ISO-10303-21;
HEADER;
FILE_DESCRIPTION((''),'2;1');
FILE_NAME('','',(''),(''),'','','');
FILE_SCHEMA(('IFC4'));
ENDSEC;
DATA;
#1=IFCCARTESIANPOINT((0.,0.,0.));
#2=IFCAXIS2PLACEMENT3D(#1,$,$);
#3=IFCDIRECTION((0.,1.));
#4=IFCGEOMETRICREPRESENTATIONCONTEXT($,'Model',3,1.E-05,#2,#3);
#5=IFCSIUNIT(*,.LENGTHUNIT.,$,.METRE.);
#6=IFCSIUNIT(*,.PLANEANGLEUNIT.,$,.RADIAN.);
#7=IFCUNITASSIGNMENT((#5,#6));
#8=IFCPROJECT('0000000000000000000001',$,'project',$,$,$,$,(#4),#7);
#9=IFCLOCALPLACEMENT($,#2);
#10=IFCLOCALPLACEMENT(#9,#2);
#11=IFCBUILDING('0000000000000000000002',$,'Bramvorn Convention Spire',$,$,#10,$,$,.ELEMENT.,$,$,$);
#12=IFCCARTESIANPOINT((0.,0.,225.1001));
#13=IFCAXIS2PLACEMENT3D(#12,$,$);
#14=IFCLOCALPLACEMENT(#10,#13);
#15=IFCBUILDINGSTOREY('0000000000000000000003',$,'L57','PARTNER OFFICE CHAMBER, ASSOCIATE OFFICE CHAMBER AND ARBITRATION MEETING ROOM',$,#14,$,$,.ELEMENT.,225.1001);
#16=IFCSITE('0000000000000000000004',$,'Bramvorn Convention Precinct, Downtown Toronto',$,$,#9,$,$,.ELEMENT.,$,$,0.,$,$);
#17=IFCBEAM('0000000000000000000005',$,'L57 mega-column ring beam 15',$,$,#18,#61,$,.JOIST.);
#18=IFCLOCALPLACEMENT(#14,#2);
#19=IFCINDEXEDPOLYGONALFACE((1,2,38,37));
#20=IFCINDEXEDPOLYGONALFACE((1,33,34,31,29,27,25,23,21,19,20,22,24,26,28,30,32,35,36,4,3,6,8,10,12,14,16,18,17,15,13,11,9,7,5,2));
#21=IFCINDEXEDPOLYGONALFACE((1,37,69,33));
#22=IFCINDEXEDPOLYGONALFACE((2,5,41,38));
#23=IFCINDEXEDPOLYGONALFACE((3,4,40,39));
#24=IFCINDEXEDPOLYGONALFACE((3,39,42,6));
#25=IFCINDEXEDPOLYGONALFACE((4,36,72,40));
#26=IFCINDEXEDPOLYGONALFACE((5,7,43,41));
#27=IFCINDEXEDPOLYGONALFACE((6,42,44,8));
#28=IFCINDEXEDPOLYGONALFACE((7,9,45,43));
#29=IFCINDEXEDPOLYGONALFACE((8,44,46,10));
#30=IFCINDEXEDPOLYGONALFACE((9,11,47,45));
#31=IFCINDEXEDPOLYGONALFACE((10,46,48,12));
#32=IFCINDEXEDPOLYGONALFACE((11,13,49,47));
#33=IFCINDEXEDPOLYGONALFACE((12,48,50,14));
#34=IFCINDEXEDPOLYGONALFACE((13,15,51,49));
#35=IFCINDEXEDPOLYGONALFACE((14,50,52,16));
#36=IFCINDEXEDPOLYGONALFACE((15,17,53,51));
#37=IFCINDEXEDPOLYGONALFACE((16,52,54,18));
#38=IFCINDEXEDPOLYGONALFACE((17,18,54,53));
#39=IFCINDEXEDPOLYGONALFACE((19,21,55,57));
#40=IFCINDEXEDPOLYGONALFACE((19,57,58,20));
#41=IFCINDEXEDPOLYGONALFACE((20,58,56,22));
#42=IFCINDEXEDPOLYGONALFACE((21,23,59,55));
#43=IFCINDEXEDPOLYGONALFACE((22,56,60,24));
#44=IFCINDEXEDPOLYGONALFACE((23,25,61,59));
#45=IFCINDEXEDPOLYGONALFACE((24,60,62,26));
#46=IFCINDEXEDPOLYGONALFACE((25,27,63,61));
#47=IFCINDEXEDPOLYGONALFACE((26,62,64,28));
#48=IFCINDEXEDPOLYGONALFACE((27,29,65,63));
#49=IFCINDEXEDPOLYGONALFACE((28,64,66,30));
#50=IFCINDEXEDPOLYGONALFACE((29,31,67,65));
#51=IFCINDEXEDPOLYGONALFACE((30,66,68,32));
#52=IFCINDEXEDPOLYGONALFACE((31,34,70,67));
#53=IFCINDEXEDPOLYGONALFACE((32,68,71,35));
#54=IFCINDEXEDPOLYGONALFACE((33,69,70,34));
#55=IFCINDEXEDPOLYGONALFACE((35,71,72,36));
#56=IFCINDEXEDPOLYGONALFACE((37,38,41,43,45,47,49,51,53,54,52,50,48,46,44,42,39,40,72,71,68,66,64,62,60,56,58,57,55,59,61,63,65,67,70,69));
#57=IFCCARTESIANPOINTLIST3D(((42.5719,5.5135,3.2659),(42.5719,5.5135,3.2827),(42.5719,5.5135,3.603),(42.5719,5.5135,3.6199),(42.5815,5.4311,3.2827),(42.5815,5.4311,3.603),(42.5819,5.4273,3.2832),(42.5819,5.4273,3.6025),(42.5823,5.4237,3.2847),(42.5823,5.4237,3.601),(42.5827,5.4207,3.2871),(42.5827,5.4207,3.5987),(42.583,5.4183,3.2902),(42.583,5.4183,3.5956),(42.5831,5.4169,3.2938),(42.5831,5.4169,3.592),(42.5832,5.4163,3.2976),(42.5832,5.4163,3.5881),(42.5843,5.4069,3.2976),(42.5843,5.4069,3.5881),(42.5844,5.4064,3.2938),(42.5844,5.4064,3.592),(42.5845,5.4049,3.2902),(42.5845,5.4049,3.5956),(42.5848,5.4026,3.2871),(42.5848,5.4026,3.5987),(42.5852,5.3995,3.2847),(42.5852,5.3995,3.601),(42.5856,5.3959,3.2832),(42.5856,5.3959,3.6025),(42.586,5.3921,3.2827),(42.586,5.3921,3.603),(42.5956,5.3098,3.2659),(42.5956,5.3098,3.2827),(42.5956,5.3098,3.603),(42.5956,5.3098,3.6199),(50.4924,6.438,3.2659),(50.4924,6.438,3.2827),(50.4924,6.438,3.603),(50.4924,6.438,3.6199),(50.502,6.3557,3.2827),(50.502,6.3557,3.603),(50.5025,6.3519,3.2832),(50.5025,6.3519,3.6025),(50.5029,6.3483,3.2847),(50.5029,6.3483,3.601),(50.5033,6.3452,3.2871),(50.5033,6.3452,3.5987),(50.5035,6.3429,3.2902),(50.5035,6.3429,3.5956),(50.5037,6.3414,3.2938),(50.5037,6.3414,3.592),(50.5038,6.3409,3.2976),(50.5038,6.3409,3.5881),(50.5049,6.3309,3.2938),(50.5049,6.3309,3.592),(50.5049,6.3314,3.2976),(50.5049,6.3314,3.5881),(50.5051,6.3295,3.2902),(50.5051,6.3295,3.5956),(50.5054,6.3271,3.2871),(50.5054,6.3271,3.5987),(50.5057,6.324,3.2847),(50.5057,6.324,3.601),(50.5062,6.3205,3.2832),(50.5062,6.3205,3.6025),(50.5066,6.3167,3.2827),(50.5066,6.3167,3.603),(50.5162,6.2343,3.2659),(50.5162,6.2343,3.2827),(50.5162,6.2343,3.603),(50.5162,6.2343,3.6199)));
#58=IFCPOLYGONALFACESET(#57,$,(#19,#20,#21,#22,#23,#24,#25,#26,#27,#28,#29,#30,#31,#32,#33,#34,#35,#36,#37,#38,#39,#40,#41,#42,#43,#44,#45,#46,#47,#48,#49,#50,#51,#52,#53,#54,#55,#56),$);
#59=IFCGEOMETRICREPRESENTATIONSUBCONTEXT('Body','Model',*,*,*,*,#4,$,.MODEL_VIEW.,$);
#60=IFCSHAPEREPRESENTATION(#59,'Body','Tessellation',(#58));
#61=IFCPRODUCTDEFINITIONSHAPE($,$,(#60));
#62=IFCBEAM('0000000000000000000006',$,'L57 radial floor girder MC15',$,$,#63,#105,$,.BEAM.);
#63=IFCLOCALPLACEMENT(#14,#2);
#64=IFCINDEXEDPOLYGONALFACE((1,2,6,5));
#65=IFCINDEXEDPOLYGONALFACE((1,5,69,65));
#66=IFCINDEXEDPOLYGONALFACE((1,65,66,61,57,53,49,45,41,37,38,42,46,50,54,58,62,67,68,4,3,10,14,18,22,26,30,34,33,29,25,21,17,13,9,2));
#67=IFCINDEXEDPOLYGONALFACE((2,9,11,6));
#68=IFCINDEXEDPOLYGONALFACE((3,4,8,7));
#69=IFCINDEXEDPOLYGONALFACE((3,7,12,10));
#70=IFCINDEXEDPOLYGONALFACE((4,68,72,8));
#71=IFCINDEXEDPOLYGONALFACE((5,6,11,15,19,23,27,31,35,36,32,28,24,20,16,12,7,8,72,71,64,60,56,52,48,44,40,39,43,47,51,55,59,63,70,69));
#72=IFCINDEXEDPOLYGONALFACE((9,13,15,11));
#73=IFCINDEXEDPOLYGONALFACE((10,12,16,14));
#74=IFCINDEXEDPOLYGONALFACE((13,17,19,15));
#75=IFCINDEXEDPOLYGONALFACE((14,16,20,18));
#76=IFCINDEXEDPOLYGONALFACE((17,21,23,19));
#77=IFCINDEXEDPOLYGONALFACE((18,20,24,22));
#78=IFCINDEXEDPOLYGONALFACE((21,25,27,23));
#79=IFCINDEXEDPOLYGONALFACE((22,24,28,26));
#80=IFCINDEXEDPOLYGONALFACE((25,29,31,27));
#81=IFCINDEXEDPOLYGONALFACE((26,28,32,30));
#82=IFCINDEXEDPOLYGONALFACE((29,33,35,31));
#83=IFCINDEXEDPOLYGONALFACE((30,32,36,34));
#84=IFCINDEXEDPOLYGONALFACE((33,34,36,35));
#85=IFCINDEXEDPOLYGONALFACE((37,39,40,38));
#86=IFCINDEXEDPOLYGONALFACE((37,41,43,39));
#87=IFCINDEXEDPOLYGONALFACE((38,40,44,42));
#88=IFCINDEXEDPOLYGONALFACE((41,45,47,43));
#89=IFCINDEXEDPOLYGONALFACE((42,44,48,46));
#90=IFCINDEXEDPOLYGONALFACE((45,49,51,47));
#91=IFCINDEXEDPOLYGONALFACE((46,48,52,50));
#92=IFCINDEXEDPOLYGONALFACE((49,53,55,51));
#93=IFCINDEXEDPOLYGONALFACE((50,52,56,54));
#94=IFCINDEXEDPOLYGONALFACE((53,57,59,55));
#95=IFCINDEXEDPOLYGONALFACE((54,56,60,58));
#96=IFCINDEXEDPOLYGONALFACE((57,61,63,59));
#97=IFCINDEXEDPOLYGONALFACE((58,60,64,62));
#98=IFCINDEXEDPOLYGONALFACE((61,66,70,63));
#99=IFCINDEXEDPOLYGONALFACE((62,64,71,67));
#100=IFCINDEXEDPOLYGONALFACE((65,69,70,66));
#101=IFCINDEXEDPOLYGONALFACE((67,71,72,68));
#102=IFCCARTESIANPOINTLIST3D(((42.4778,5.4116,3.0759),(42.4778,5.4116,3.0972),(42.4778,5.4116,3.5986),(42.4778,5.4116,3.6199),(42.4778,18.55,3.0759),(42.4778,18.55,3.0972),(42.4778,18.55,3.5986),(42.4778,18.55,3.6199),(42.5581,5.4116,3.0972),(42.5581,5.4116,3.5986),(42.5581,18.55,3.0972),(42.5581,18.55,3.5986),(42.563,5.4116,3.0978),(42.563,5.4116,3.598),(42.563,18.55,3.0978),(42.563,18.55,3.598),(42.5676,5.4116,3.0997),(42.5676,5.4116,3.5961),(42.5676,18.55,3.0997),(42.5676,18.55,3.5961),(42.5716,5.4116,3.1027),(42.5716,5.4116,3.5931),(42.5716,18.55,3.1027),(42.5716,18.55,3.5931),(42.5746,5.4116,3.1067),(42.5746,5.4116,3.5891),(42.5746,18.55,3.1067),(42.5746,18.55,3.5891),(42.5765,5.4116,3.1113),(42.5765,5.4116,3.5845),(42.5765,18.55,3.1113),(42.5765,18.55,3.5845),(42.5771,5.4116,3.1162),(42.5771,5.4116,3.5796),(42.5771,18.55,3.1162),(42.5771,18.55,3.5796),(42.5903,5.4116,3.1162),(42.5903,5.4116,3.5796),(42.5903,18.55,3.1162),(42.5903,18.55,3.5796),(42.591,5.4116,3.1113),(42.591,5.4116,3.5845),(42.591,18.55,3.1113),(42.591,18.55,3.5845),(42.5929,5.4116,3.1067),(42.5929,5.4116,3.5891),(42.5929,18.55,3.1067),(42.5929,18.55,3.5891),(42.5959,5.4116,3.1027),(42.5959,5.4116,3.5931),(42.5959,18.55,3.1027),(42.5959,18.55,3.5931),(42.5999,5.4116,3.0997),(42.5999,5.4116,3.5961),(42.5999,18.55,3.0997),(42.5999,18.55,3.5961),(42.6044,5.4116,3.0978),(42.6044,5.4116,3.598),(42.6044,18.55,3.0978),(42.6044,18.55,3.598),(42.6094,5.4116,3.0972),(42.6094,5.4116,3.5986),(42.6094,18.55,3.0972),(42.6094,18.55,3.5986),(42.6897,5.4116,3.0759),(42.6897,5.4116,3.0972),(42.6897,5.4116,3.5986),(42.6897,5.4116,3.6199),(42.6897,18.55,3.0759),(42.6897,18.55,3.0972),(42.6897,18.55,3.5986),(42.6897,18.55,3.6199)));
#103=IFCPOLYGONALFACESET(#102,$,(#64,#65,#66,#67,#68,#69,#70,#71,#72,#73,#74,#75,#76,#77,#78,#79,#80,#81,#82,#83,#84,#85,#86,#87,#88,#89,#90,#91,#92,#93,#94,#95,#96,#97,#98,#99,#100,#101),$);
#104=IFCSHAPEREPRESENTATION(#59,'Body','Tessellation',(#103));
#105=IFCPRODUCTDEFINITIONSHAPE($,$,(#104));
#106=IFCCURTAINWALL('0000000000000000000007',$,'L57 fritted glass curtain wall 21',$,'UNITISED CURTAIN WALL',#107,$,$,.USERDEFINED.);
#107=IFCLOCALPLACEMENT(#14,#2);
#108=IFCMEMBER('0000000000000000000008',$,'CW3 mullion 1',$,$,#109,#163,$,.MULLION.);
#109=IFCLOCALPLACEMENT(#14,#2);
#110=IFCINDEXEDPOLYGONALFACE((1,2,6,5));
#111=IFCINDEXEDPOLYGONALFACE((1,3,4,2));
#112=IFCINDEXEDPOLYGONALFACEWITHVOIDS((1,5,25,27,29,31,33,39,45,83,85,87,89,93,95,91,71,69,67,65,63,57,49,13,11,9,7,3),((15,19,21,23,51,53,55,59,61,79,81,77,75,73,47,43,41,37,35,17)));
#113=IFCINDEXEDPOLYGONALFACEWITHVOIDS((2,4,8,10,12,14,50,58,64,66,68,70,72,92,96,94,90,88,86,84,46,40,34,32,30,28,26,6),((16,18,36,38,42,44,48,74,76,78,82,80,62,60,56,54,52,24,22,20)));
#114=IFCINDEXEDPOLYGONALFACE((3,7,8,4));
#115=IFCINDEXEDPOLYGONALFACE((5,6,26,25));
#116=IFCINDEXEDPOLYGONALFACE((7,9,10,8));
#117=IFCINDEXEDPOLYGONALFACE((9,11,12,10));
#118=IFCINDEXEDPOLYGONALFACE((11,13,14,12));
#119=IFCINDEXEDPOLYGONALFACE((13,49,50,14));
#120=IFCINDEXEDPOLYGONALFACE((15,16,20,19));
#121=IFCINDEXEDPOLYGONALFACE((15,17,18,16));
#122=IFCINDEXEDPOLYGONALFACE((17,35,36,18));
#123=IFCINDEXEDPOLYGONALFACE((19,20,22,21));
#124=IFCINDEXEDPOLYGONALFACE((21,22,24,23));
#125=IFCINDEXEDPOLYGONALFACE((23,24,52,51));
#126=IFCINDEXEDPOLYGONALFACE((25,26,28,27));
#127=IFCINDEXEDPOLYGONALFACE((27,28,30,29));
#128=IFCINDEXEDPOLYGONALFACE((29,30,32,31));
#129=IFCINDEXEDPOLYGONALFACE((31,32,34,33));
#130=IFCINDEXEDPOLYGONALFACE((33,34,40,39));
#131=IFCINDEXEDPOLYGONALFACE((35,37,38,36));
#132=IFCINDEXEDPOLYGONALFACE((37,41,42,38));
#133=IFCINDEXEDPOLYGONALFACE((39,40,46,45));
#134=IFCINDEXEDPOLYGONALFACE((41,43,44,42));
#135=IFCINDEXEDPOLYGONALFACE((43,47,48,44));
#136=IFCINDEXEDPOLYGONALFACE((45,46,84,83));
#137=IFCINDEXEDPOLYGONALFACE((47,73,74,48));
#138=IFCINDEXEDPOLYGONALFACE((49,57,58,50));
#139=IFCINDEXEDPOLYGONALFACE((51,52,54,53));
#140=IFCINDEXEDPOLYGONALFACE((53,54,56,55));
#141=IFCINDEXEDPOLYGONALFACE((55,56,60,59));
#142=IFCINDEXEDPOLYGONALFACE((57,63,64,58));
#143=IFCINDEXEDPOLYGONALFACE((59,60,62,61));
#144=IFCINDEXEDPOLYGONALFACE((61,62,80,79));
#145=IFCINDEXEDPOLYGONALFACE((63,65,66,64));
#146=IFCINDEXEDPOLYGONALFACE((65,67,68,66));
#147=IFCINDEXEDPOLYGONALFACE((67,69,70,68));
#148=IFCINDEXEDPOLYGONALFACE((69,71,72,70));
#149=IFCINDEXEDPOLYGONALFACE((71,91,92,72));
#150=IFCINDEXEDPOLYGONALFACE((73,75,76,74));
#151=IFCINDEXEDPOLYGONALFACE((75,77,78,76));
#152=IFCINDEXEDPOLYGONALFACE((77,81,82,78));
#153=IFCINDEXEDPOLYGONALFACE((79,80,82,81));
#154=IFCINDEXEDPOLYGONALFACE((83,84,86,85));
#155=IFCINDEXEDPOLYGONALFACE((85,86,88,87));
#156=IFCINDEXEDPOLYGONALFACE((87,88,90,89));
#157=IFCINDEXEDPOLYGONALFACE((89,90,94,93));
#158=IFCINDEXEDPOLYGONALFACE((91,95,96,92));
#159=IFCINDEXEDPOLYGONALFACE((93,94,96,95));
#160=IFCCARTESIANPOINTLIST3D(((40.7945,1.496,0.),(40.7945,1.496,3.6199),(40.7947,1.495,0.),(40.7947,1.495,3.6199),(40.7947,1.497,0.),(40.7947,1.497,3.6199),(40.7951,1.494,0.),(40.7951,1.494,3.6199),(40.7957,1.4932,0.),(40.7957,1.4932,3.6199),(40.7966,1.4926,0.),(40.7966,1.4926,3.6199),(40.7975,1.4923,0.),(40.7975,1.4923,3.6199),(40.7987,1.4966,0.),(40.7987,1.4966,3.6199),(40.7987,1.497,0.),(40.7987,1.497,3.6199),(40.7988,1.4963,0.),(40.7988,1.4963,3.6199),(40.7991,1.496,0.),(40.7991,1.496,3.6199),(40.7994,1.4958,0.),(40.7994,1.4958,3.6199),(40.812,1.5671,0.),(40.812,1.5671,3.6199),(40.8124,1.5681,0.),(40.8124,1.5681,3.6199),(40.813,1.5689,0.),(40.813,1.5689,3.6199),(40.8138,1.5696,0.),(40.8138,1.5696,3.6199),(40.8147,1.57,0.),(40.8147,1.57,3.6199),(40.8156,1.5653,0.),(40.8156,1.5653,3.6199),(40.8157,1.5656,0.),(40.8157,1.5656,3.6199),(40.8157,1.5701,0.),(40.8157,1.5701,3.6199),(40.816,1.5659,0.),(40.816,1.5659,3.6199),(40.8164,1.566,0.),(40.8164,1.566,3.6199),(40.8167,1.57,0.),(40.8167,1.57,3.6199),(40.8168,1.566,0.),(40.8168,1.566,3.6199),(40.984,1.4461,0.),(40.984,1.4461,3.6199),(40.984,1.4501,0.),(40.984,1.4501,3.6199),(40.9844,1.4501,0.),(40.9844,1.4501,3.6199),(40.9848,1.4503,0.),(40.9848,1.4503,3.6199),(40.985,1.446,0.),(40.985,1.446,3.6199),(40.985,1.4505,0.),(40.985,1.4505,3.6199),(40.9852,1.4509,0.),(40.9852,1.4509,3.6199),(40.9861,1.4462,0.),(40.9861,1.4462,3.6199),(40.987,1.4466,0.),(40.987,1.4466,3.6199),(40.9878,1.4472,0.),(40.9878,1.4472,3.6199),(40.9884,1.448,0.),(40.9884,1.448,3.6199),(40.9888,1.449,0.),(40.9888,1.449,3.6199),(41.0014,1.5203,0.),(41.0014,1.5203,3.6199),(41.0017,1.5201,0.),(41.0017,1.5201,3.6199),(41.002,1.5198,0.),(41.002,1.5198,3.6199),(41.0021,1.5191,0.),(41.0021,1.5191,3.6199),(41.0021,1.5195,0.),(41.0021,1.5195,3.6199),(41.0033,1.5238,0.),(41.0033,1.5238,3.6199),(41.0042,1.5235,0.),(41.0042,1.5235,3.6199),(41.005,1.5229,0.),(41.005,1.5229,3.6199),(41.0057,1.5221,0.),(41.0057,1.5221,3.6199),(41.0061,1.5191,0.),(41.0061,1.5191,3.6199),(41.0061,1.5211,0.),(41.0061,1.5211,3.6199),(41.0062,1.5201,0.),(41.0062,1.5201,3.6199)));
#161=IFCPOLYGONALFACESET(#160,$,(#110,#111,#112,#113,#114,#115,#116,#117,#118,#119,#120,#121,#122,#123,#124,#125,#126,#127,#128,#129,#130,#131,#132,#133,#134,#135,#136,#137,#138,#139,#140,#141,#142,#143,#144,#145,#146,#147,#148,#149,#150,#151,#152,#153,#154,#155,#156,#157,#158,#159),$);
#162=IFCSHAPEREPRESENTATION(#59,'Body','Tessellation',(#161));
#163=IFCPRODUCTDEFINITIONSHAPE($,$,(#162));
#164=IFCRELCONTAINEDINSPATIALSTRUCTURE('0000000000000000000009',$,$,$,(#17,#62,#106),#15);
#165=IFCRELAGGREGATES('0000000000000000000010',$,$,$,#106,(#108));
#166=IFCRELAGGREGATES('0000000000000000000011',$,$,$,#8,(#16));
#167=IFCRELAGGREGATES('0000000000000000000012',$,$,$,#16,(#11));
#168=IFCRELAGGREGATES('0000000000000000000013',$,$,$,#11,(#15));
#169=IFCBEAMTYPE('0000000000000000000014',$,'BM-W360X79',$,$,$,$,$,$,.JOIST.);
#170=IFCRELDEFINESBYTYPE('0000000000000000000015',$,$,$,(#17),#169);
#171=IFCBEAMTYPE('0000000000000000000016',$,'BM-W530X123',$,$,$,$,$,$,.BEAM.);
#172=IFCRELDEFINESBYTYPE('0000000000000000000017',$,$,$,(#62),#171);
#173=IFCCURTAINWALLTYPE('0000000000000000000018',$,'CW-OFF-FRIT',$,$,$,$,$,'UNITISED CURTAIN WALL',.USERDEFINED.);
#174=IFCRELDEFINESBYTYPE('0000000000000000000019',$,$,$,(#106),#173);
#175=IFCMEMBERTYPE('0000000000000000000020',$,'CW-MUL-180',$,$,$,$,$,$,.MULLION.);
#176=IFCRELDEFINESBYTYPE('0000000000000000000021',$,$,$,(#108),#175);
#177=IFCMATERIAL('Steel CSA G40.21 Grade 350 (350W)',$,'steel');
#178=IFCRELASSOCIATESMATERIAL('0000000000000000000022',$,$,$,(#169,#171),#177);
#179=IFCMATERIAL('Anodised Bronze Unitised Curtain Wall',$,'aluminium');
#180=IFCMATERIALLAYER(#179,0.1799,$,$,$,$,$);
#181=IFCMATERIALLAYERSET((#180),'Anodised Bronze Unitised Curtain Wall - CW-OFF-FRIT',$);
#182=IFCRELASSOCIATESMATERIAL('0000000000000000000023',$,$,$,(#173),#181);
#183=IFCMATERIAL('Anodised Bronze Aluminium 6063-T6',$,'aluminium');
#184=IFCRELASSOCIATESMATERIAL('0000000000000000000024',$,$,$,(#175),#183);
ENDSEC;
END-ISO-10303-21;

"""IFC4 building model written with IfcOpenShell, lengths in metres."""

from ifc_helpers import new_model, si_unit, direction, frame, origin, origin_2d, place, context, subcontext, project, spatial, hollow_rectangle, i_section, extrude, material, layer, layer_set, material_profile, profile_set, type_object, element, aggregate, save


model = new_model("IFC4")

# Units and contexts
model_context = context("Model", 3, precision=1e-05, world=origin(), true_north=direction((0.0, 1.0)))
body_context = subcontext(model_context, "Body", "Model", "MODEL_VIEW")
ifc_project = project(units=[si_unit("LENGTHUNIT", "METRE"), si_unit("PLANEANGLEUNIT", "RADIAN")], contexts=[model_context])

# Site, building, storey
site_placement = place(None, origin())
site = spatial("IfcSite", under=ifc_project, at=site_placement, Name="Bramvorn Convention Precinct, Downtown Toronto", CompositionType="ELEMENT", RefElevation=0.0)
building_placement = place(site_placement, origin())
building = spatial("IfcBuilding", under=site, at=building_placement, Name="Bramvorn Convention Spire", CompositionType="ELEMENT")
storey_placement = place(building_placement, frame((0.0, 0.0, 225.1001)))
storey = spatial("IfcBuildingStorey", under=building, at=storey_placement, Name="L57", Description="PARTNER OFFICE CHAMBER, ASSOCIATE OFFICE CHAMBER AND ARBITRATION MEETING ROOM", CompositionType="ELEMENT", Elevation=225.1001)

# Shared definitions
ifc_material_1 = material(Name="Steel CSA G40.21 Grade 350 (350W)", Category="steel")

# Beams
ifc_material_profile_1 = material_profile(ifc_material_1, i_section(OverallWidth=0.2051, OverallDepth=0.354, WebThickness=0.0095, FlangeThickness=0.0168, FilletRadius=0.0149, at=origin_2d()))
ifc_profile_set_1 = profile_set([ifc_material_profile_1], Name="Steel CSA G40.21 Grade 350 (350W) - W360X79")
beam_type_1 = type_object("IfcBeamType", Name="BM-W360X79", PredefinedType="JOIST", material=ifc_profile_set_1)
beam_1_placement = place(storey_placement, frame((42.5837, 5.4116, 3.4429), z_axis=(0.993256, 0.115941, 0.0), x_axis=(-0.115941, 0.993256, 0.0)))
element("IfcBeam", 1, at=beam_1_placement, inside=storey, type_object=beam_type_1, Name="L57 mega-column ring beam 15", PredefinedType="JOIST", context=body_context, shape_type="SweptSolid", body=[
    extrude(i_section(OverallWidth=0.2051, OverallDepth=0.354, WebThickness=0.0095, FlangeThickness=0.0168, FilletRadius=0.0149, at=origin_2d()), origin(), (0.0, 0.0, 1.0), 7.9744),
])
ifc_material_profile_2 = material_profile(ifc_material_1, i_section(OverallWidth=0.2119, OverallDepth=0.5439, WebThickness=0.0132, FlangeThickness=0.0212, FilletRadius=0.019, at=origin_2d()))
ifc_profile_set_2 = profile_set([ifc_material_profile_2], Name="Steel CSA G40.21 Grade 350 (350W) - W530X123")
beam_type_2 = type_object("IfcBeamType", Name="BM-W530X123", PredefinedType="BEAM", material=ifc_profile_set_2)
beam_2_placement = place(storey_placement, frame((42.5837, 18.55, 3.3479), z_axis=(0.0, -1.0, 0.0), x_axis=(1.0, 0.0, 0.0)))
element("IfcBeam", 2, at=beam_2_placement, inside=storey, type_object=beam_type_2, Name="L57 radial floor girder MC15", PredefinedType="BEAM", context=body_context, shape_type="SweptSolid", body=[
    extrude(i_section(OverallWidth=0.2119, OverallDepth=0.5439, WebThickness=0.0132, FlangeThickness=0.0212, FilletRadius=0.019, at=origin_2d()), origin(), (0.0, 0.0, 1.0), 13.1384),
])

# Curtain wall, member
ifc_material_2 = material(Name="Anodised Bronze Unitised Curtain Wall", Category="aluminium")
ifc_layer_1 = layer(ifc_material_2, 0.1799)
ifc_layer_set_1 = layer_set([ifc_layer_1], Name="Anodised Bronze Unitised Curtain Wall - CW-OFF-FRIT")
curtain_wall_type = type_object("IfcCurtainWallType", Name="CW-OFF-FRIT", ElementType="UNITISED CURTAIN WALL", PredefinedType="USERDEFINED", material=ifc_layer_set_1)
curtain_wall_placement = place(storey_placement, origin())
curtain_wall = element("IfcCurtainWall", 3, at=curtain_wall_placement, inside=storey, type_object=curtain_wall_type, Name="L57 fritted glass curtain wall 21", ObjectType="UNITISED CURTAIN WALL", PredefinedType="USERDEFINED")
ifc_material_3 = material(Name="Anodised Bronze Aluminium 6063-T6", Category="aluminium")
ifc_material_profile_3 = material_profile(ifc_material_3, hollow_rectangle(XDim=0.0801, YDim=0.2, WallThickness=0.0039, InnerFilletRadius=0.001, OuterFilletRadius=0.0039, at=origin_2d()))
ifc_profile_set_3 = profile_set([ifc_material_profile_3], Name="Anodised Bronze Aluminium 6063-T6 - CWM80X200")
member_type_1 = type_object("IfcMemberType", Name="CW-MUL-180", PredefinedType="MULLION", material=ifc_profile_set_3)
member_1_placement = place(storey_placement, frame((40.9004, 1.5081, 0.0), z_axis=(0.0, 0.0, 1.0), x_axis=(-0.24018, -0.970728, 0.0)))
member_1 = element("IfcMember", 4, at=member_1_placement, type_object=member_type_1, Name="CW3 mullion 1", PredefinedType="MULLION", context=body_context, shape_type="SweptSolid", body=[
    extrude(hollow_rectangle(XDim=0.0801, YDim=0.2, WallThickness=0.0039, InnerFilletRadius=0.001, OuterFilletRadius=0.0039, at=origin_2d()), origin(), (0.0, 0.0, 1.0), 3.6199),
])
aggregate(curtain_wall, [member_1])

save(model, "model.ifc")
